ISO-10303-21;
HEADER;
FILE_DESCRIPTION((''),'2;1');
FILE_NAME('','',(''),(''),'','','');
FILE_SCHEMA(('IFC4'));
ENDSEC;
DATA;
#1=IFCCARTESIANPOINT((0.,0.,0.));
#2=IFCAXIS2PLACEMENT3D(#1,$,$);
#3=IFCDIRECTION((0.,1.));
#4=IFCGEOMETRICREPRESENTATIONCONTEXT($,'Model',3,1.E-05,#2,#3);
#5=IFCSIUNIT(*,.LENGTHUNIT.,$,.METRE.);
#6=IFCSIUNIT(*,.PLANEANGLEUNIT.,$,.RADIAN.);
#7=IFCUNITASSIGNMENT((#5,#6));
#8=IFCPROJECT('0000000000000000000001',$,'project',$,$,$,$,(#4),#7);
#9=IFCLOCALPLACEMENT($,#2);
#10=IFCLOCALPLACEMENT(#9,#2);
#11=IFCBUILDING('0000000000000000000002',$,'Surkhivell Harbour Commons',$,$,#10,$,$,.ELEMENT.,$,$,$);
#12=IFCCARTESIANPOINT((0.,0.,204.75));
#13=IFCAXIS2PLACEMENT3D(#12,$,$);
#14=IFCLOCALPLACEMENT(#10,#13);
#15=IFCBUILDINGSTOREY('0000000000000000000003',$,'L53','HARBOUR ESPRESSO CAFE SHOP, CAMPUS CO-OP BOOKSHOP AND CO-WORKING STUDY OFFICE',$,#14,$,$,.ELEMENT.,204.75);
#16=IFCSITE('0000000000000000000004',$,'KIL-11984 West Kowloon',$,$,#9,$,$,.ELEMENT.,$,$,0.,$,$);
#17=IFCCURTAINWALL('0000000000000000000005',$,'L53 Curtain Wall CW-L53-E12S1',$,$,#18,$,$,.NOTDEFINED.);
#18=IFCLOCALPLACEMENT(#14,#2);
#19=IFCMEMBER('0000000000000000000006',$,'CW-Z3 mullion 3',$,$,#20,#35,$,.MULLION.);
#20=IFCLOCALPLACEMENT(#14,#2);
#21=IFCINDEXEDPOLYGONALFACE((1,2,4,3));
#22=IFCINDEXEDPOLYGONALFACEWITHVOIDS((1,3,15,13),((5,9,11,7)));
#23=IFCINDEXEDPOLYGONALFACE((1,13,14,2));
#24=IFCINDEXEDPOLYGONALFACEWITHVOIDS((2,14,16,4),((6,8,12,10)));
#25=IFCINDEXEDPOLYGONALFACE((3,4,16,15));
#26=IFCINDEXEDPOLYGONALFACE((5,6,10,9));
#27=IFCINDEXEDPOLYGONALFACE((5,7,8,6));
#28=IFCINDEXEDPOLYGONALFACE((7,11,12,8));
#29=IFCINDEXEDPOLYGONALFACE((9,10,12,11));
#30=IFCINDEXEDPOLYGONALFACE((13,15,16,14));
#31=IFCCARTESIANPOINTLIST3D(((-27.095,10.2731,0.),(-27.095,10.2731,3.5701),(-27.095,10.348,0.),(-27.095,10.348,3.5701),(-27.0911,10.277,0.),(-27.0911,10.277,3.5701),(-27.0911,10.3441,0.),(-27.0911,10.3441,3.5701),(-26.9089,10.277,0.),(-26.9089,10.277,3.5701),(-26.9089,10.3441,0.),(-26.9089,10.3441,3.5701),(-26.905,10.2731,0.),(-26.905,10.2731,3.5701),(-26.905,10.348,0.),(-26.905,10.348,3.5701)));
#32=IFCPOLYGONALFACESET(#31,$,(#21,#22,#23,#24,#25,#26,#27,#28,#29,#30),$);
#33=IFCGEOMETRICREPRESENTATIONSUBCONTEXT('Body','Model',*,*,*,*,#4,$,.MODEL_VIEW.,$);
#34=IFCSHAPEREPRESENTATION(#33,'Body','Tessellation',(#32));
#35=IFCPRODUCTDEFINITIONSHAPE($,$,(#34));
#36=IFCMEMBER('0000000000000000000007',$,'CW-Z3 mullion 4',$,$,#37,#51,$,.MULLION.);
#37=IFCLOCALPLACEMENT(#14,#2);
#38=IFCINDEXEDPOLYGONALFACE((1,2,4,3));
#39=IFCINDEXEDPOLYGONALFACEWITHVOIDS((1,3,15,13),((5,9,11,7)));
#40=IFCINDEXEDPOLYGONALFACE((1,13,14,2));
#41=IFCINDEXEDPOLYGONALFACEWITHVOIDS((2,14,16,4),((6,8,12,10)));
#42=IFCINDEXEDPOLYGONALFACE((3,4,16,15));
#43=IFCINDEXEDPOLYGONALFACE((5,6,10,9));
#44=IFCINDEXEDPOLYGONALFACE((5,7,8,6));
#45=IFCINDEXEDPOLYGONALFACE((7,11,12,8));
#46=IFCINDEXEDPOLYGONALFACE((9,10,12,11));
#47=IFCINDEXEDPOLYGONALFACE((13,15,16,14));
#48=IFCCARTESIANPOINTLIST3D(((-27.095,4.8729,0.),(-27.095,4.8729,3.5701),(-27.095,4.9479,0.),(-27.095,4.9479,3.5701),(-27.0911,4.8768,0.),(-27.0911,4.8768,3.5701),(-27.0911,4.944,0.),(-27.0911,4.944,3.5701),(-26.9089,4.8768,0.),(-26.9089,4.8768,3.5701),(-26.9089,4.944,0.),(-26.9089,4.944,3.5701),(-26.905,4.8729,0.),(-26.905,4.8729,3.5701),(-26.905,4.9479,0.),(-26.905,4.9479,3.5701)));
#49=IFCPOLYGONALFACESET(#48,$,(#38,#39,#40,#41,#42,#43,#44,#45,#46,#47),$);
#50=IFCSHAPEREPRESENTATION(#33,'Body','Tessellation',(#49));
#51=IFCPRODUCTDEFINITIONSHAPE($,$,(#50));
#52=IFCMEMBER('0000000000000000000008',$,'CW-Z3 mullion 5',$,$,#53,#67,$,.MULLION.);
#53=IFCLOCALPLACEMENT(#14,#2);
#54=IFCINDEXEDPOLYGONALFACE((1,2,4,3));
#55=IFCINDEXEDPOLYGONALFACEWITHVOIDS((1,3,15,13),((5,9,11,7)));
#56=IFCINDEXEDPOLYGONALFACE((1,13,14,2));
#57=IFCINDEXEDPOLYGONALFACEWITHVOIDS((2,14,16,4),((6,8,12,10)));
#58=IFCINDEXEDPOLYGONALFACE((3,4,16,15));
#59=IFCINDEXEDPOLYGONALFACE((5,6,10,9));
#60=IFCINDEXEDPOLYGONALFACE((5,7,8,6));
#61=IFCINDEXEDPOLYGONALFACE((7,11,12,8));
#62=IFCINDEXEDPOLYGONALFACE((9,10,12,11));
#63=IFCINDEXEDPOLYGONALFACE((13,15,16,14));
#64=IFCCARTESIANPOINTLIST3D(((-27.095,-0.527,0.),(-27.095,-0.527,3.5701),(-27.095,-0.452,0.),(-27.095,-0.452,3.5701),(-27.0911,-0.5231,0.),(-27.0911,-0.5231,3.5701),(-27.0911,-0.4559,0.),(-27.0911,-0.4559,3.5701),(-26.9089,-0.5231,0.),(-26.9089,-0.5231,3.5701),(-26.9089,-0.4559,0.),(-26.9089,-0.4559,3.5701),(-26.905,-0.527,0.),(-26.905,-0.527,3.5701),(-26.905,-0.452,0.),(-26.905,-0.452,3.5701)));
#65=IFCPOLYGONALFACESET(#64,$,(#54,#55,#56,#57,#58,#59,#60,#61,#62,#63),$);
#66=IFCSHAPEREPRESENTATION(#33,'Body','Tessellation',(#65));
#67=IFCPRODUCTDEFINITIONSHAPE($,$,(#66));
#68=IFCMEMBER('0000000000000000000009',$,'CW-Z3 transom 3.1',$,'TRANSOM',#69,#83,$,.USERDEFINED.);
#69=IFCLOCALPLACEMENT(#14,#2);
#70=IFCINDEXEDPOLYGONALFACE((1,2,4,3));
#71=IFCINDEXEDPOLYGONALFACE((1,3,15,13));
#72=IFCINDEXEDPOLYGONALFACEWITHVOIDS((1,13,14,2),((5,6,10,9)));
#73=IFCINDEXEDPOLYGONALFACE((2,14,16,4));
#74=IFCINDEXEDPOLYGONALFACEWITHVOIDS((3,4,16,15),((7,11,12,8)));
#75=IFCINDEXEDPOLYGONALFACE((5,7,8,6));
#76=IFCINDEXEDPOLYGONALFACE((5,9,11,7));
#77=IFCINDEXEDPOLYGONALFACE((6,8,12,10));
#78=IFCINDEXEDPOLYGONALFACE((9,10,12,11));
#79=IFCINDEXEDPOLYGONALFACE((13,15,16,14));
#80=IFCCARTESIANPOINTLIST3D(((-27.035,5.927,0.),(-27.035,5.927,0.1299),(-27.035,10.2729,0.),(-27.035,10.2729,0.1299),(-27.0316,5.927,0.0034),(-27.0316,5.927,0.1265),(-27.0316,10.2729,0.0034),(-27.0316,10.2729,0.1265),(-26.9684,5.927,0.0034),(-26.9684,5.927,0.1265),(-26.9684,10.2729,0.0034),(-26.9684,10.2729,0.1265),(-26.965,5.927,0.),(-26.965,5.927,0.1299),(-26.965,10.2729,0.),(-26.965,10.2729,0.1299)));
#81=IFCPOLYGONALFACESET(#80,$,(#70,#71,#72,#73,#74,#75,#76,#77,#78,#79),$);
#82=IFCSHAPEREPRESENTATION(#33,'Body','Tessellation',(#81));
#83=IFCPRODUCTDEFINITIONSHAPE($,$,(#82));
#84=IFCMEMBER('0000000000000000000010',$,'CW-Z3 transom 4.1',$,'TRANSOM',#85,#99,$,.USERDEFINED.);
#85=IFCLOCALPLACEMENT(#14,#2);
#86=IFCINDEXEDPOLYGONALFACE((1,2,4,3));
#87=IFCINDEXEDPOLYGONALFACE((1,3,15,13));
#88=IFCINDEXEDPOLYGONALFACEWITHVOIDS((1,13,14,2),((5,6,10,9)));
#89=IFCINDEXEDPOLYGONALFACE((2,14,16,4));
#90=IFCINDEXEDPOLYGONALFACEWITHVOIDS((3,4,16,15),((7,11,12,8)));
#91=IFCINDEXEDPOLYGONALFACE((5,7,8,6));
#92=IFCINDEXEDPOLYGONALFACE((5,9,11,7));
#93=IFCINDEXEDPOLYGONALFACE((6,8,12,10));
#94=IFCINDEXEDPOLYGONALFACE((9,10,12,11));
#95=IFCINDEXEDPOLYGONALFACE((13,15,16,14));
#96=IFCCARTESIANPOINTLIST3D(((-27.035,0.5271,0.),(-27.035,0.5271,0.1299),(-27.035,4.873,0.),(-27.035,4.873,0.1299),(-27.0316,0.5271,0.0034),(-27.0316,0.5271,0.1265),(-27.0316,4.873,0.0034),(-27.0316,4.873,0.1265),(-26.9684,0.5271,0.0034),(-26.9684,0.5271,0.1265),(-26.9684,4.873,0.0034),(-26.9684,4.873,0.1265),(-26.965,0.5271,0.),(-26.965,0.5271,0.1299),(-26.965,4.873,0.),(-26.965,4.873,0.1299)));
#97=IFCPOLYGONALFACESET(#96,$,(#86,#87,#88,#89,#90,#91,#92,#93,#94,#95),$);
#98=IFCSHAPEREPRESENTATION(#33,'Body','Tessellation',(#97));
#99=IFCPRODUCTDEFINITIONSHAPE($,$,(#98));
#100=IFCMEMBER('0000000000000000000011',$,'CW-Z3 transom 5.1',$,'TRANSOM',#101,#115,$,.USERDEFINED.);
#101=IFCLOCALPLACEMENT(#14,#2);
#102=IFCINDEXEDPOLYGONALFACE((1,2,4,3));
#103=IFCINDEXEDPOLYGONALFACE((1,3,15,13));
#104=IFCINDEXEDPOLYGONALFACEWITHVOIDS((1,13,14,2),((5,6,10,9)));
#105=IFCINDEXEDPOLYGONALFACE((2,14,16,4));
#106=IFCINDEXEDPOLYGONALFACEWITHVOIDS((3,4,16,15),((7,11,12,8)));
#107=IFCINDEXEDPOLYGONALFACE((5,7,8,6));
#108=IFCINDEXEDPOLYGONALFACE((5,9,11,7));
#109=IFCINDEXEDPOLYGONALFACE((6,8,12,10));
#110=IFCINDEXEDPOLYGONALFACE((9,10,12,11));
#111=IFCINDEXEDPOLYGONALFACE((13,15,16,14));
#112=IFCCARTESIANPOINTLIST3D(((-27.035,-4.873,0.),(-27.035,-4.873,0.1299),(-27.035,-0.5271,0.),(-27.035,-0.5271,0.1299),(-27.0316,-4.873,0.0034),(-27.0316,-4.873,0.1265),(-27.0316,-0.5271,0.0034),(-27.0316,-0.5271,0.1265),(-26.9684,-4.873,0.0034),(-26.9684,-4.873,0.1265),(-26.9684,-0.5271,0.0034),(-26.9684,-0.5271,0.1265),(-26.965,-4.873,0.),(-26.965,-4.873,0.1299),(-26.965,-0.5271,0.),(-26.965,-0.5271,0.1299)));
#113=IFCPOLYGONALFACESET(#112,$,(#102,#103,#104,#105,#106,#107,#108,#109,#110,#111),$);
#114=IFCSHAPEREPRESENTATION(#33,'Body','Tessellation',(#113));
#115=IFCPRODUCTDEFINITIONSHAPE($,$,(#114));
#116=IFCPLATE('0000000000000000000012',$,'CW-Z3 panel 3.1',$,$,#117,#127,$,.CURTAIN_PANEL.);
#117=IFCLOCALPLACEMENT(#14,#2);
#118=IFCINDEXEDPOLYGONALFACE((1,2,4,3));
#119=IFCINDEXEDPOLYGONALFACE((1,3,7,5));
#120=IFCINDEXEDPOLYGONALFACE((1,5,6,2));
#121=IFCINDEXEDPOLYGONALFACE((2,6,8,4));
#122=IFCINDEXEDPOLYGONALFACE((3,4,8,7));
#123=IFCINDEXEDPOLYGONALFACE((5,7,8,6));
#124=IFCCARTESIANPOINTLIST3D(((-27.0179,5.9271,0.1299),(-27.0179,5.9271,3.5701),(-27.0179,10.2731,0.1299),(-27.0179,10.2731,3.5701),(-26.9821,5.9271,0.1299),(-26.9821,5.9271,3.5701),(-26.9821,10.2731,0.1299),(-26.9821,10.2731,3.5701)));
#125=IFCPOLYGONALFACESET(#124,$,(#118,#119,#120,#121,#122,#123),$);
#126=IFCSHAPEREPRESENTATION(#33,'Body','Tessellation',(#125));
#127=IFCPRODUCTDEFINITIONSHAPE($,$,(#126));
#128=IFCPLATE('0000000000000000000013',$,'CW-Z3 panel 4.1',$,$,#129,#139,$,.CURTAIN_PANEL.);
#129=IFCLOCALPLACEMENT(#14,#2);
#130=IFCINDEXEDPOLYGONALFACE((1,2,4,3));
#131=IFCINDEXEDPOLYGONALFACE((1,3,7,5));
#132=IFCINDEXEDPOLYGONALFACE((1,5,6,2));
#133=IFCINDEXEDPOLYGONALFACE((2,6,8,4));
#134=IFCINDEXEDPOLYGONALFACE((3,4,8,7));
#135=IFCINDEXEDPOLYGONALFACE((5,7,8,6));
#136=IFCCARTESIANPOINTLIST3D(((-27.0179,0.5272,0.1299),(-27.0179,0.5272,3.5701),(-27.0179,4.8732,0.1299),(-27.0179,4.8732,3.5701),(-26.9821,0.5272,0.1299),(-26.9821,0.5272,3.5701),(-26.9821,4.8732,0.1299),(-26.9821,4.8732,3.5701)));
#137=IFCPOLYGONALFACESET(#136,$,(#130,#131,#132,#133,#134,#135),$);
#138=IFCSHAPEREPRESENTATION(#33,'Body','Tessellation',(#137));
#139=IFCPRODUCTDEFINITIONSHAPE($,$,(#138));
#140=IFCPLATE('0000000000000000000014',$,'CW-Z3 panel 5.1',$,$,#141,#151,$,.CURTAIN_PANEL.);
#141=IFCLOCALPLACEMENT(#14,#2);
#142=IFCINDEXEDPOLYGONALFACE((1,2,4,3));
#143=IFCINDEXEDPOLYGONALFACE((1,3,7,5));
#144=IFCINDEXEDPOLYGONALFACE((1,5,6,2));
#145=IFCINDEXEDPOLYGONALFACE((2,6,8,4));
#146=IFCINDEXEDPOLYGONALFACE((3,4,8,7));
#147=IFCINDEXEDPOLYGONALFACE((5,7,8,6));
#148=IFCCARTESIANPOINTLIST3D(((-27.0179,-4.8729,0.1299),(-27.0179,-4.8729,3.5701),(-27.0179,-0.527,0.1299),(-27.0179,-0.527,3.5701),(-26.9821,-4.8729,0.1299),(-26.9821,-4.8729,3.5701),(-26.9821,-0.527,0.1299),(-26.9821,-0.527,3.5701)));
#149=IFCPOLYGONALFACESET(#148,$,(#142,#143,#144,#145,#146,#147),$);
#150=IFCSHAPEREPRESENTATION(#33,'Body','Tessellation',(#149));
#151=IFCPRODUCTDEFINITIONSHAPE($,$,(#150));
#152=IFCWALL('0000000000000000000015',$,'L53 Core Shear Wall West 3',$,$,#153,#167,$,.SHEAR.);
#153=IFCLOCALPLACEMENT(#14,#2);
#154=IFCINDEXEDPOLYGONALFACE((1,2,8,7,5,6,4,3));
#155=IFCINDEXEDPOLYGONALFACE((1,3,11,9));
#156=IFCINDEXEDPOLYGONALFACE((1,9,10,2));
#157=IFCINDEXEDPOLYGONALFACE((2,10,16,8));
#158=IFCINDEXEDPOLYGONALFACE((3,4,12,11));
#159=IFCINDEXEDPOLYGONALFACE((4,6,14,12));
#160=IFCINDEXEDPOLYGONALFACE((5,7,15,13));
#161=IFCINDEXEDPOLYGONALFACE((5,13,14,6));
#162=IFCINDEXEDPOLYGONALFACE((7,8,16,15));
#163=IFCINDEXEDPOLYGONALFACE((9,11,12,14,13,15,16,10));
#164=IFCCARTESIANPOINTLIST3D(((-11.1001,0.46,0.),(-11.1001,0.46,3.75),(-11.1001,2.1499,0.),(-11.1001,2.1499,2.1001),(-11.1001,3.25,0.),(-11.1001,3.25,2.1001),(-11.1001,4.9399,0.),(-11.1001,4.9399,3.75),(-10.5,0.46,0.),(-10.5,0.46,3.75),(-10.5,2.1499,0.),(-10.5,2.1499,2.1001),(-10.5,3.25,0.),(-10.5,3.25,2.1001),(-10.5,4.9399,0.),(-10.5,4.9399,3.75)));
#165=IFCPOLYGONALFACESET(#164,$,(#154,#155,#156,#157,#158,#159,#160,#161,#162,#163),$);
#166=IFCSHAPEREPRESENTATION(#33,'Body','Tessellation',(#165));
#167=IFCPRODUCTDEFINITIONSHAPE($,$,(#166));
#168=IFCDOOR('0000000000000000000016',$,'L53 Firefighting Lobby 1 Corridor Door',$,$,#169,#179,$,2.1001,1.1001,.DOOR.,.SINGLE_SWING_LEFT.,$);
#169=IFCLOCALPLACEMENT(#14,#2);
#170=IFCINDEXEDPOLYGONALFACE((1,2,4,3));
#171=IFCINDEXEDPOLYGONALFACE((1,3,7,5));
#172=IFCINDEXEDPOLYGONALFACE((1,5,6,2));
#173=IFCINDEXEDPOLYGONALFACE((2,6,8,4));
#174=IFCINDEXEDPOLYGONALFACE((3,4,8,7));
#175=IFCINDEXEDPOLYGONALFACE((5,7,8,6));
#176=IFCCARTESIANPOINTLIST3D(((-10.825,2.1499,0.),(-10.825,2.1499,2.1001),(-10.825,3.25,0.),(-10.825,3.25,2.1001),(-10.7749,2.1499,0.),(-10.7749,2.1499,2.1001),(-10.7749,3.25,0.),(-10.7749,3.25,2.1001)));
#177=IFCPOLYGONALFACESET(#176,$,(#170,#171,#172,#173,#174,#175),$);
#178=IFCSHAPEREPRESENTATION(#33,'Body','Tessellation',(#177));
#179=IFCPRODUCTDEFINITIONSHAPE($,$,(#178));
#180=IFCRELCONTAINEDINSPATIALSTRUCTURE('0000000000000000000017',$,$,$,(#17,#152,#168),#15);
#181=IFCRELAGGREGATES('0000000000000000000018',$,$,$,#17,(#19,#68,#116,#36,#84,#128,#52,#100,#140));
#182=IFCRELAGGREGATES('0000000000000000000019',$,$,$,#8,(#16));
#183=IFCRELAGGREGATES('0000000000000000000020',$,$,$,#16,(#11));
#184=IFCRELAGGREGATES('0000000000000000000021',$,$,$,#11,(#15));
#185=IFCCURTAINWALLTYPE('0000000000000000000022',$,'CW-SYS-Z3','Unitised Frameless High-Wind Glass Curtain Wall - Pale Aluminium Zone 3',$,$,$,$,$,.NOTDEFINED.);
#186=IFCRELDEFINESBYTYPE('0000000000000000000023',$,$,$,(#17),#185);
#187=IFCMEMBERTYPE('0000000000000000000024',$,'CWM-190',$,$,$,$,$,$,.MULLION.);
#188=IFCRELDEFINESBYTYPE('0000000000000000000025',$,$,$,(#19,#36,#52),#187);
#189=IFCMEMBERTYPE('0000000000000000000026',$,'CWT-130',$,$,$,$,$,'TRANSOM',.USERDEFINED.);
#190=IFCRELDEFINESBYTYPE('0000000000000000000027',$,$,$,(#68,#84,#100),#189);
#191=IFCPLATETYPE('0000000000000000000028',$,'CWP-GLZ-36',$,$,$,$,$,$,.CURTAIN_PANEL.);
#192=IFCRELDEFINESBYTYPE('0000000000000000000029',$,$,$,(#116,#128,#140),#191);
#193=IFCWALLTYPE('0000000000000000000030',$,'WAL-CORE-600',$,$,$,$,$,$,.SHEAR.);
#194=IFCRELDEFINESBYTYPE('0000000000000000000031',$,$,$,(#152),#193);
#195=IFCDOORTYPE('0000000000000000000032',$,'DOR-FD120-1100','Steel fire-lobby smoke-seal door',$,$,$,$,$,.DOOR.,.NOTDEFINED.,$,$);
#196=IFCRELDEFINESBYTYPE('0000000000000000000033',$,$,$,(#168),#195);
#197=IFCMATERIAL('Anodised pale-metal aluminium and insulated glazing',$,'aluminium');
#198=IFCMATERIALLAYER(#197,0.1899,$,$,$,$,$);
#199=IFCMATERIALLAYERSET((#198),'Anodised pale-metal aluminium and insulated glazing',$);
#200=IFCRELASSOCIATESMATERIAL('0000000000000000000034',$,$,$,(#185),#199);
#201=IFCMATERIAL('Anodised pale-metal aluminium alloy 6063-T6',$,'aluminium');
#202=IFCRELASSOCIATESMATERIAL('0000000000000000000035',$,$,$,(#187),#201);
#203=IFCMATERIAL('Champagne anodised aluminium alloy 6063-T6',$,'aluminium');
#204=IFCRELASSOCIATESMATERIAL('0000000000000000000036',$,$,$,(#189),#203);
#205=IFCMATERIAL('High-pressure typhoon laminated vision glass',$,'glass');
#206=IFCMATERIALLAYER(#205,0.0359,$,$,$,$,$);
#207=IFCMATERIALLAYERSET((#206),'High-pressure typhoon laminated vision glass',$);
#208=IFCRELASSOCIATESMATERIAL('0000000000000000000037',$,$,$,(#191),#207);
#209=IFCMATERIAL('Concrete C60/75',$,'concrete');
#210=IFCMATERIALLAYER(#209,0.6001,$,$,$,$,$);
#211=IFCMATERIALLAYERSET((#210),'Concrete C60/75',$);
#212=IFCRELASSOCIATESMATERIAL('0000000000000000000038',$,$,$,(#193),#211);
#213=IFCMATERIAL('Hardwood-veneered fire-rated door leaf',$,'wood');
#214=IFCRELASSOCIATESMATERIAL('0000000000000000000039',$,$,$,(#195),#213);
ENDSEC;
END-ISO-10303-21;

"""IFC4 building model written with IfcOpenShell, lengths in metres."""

from ifc_helpers import new_model, si_unit, direction, frame, frame_2d, origin, origin_2d, place, context, subcontext, project, spatial, rectangle, hollow_rectangle, extrude, material, layer, layer_set, material_profile, profile_set, type_object, element, fill, aggregate, save


model = new_model("IFC4")

# Units and contexts
model_context = context("Model", 3, precision=1e-05, world=origin(), true_north=direction((0.0, 1.0)))
body_context = subcontext(model_context, "Body", "Model", "MODEL_VIEW")
ifc_project = project(units=[si_unit("LENGTHUNIT", "METRE"), si_unit("PLANEANGLEUNIT", "RADIAN")], contexts=[model_context])

# Site, building, storey
site_placement = place(None, origin())
site = spatial("IfcSite", under=ifc_project, at=site_placement, Name="KIL-11984 West Kowloon", CompositionType="ELEMENT", RefElevation=0.0)
building_placement = place(site_placement, origin())
building = spatial("IfcBuilding", under=site, at=building_placement, Name="Surkhivell Harbour Commons", CompositionType="ELEMENT")
storey_placement = place(building_placement, frame((0.0, 0.0, 204.75)))
storey = spatial("IfcBuildingStorey", under=building, at=storey_placement, Name="L53", Description="HARBOUR ESPRESSO CAFE SHOP, CAMPUS CO-OP BOOKSHOP AND CO-WORKING STUDY OFFICE", CompositionType="ELEMENT", Elevation=204.75)

# Shared definitions
ifc_material_1 = material(Name="Concrete C60/75", Category="concrete")

# Curtain wall, members, plates
ifc_material_2 = material(Name="Anodised pale-metal aluminium and insulated glazing", Category="aluminium")
ifc_layer_1 = layer(ifc_material_2, 0.1899)
ifc_layer_set_1 = layer_set([ifc_layer_1], Name="Anodised pale-metal aluminium and insulated glazing")
curtain_wall_type = type_object("IfcCurtainWallType", Name="CW-SYS-Z3", Description="Unitised Frameless High-Wind Glass Curtain Wall - Pale Aluminium Zone 3", PredefinedType="NOTDEFINED", material=ifc_layer_set_1)
curtain_wall_placement = place(storey_placement, origin())
curtain_wall = element("IfcCurtainWall", 1, at=curtain_wall_placement, inside=storey, type_object=curtain_wall_type, Name="L53 Curtain Wall CW-L53-E12S1", PredefinedType="NOTDEFINED")
ifc_material_3 = material(Name="Anodised pale-metal aluminium alloy 6063-T6", Category="aluminium")
ifc_material_profile_1 = material_profile(ifc_material_3, hollow_rectangle(XDim=0.075, YDim=0.1899, WallThickness=0.0039, at=origin_2d()), Name="ALU-MULL-75x190")
ifc_profile_set_1 = profile_set([ifc_material_profile_1], Name="Anodised pale-metal aluminium alloy 6063-T6")
member_type_1 = type_object("IfcMemberType", Name="CWM-190", PredefinedType="MULLION", material=ifc_profile_set_1)
member_1_placement = place(storey_placement, frame((-27.0, 10.3105, 0.0), z_axis=(0.0, 0.0, 1.0), x_axis=(0.0, -1.0, 0.0)))
member_1 = element("IfcMember", 2, at=member_1_placement, type_object=member_type_1, Name="CW-Z3 mullion 3", PredefinedType="MULLION", context=body_context, shape_type="SweptSolid", body=[
    extrude(hollow_rectangle(XDim=0.075, YDim=0.1899, WallThickness=0.0039, at=origin_2d()), origin(), (0.0, 0.0, 1.0), 3.5701),
])
member_2_placement = place(storey_placement, frame((-27.0, 4.9104, 0.0), z_axis=(0.0, 0.0, 1.0), x_axis=(0.0, -1.0, 0.0)))
member_2 = element("IfcMember", 3, at=member_2_placement, type_object=member_type_1, Name="CW-Z3 mullion 4", PredefinedType="MULLION", context=body_context, shape_type="SweptSolid", body=[
    extrude(hollow_rectangle(XDim=0.075, YDim=0.1899, WallThickness=0.0039, at=origin_2d()), origin(), (0.0, 0.0, 1.0), 3.5701),
])
member_3_placement = place(storey_placement, frame((-27.0, -0.4895, 0.0), z_axis=(0.0, 0.0, 1.0), x_axis=(0.0, -1.0, 0.0)))
member_3 = element("IfcMember", 4, at=member_3_placement, type_object=member_type_1, Name="CW-Z3 mullion 5", PredefinedType="MULLION", context=body_context, shape_type="SweptSolid", body=[
    extrude(hollow_rectangle(XDim=0.075, YDim=0.1899, WallThickness=0.0039, at=origin_2d()), origin(), (0.0, 0.0, 1.0), 3.5701),
])
ifc_material_4 = material(Name="Champagne anodised aluminium alloy 6063-T6", Category="aluminium")
ifc_material_profile_2 = material_profile(ifc_material_4, hollow_rectangle(XDim=0.0701, YDim=0.1299, WallThickness=0.0034, at=origin_2d()), Name="ALU-TRAN-70x130")
ifc_profile_set_2 = profile_set([ifc_material_profile_2], Name="Champagne anodised aluminium alloy 6063-T6")
member_type_2 = type_object("IfcMemberType", Name="CWT-130", ElementType="TRANSOM", PredefinedType="USERDEFINED", material=ifc_profile_set_2)
member_4_placement = place(storey_placement, frame((-27.0, 10.2729, 0.0649), z_axis=(0.0, -1.0, 0.0), x_axis=(1.0, 0.0, 0.0)))
member_4 = element("IfcMember", 5, at=member_4_placement, type_object=member_type_2, Name="CW-Z3 transom 3.1", ObjectType="TRANSOM", PredefinedType="USERDEFINED", context=body_context, shape_type="SweptSolid", body=[
    extrude(hollow_rectangle(XDim=0.0701, YDim=0.1299, WallThickness=0.0034, at=origin_2d()), origin(), (0.0, 0.0, 1.0), 4.3459),
])
member_5_placement = place(storey_placement, frame((-27.0, 4.873, 0.0649), z_axis=(0.0, -1.0, 0.0), x_axis=(1.0, 0.0, 0.0)))
member_5 = element("IfcMember", 6, at=member_5_placement, type_object=member_type_2, Name="CW-Z3 transom 4.1", ObjectType="TRANSOM", PredefinedType="USERDEFINED", context=body_context, shape_type="SweptSolid", body=[
    extrude(hollow_rectangle(XDim=0.0701, YDim=0.1299, WallThickness=0.0034, at=origin_2d()), origin(), (0.0, 0.0, 1.0), 4.3459),
])
member_6_placement = place(storey_placement, frame((-27.0, -0.5271, 0.0649), z_axis=(0.0, -1.0, 0.0), x_axis=(1.0, 0.0, 0.0)))
member_6 = element("IfcMember", 7, at=member_6_placement, type_object=member_type_2, Name="CW-Z3 transom 5.1", ObjectType="TRANSOM", PredefinedType="USERDEFINED", context=body_context, shape_type="SweptSolid", body=[
    extrude(hollow_rectangle(XDim=0.0701, YDim=0.1299, WallThickness=0.0034, at=origin_2d()), origin(), (0.0, 0.0, 1.0), 4.3459),
])
ifc_material_5 = material(Name="High-pressure typhoon laminated vision glass", Category="glass")
ifc_layer_2 = layer(ifc_material_5, 0.0359)
ifc_layer_set_2 = layer_set([ifc_layer_2], Name="High-pressure typhoon laminated vision glass")
plate_type = type_object("IfcPlateType", Name="CWP-GLZ-36", PredefinedType="CURTAIN_PANEL", material=ifc_layer_set_2)
plate_1_placement = place(storey_placement, frame((-27.0, 10.2729, 0.1299), z_axis=(0.0, 0.0, 1.0), x_axis=(0.0, -1.0, 0.0)))
plate_1 = element("IfcPlate", 8, at=plate_1_placement, type_object=plate_type, Name="CW-Z3 panel 3.1", PredefinedType="CURTAIN_PANEL", context=body_context, shape_type="SweptSolid", body=[
    extrude(rectangle(XDim=4.3459, YDim=0.0359, at=frame_2d((2.1729, 0.0))), origin(), (0.0, 0.0, 1.0), 3.4402),
])
plate_2_placement = place(storey_placement, frame((-27.0, 4.873, 0.1299), z_axis=(0.0, 0.0, 1.0), x_axis=(0.0, -1.0, 0.0)))
plate_2 = element("IfcPlate", 9, at=plate_2_placement, type_object=plate_type, Name="CW-Z3 panel 4.1", PredefinedType="CURTAIN_PANEL", context=body_context, shape_type="SweptSolid", body=[
    extrude(rectangle(XDim=4.3459, YDim=0.0359, at=frame_2d((2.1729, 0.0))), origin(), (0.0, 0.0, 1.0), 3.4402),
])
plate_3_placement = place(storey_placement, frame((-27.0, -0.5271, 0.1299), z_axis=(0.0, 0.0, 1.0), x_axis=(0.0, -1.0, 0.0)))
plate_3 = element("IfcPlate", 10, at=plate_3_placement, type_object=plate_type, Name="CW-Z3 panel 5.1", PredefinedType="CURTAIN_PANEL", context=body_context, shape_type="SweptSolid", body=[
    extrude(rectangle(XDim=4.3459, YDim=0.0359, at=frame_2d((2.1729, 0.0))), origin(), (0.0, 0.0, 1.0), 3.4402),
])
aggregate(curtain_wall, [member_1, member_4, plate_1, member_2, member_5, plate_2, member_3, member_6, plate_3])

# Wall, opening, door
ifc_layer_3 = layer(ifc_material_1, 0.6001)
ifc_layer_set_3 = layer_set([ifc_layer_3], Name="Concrete C60/75")
wall_type_1 = type_object("IfcWallType", Name="WAL-CORE-600", PredefinedType="SHEAR", material=ifc_layer_set_3)
wall_1_placement = place(storey_placement, frame((-10.8, 0.46, 0.0), z_axis=(0.0, 0.0, 1.0), x_axis=(0.0, 1.0, 0.0)))
wall_1 = element("IfcWall", 11, at=wall_1_placement, inside=storey, type_object=wall_type_1, Name="L53 Core Shear Wall West 3", PredefinedType="SHEAR", context=body_context, shape_type="SweptSolid", body=[
    extrude(rectangle(XDim=4.48, YDim=0.6001, at=frame_2d((2.24, 0.0))), origin(), (0.0, 0.0, 1.0), 3.75),
])
opening_placement = place(wall_1_placement, frame((1.6899, 0.0, 0.0)))
opening = element("IfcOpeningElement", 12, at=opening_placement, cuts=wall_1, PredefinedType="OPENING", context=body_context, shape_type="SweptSolid", body=[
    extrude(rectangle(XDim=1.1001, YDim=2.1001, at=frame_2d((0.55, 1.05))), frame((0.0, 0.3101, 0.0), z_axis=(0.0, -1.0, 0.0), x_axis=(1.0, 0.0, 0.0)), (0.0, 0.0, 1.0), 0.6201),
])
ifc_material_6 = material(Name="Hardwood-veneered fire-rated door leaf", Category="wood")
door_type = type_object("IfcDoorType", Name="DOR-FD120-1100", Description="Steel fire-lobby smoke-seal door", OperationType="NOTDEFINED", PredefinedType="DOOR", material=ifc_material_6)
door_placement = place(opening_placement, origin())
door = element("IfcDoor", 13, at=door_placement, inside=storey, type_object=door_type, Name="L53 Firefighting Lobby 1 Corridor Door", OperationType="SINGLE_SWING_LEFT", OverallHeight=2.1001, OverallWidth=1.1001, PredefinedType="DOOR", context=body_context, shape_type="SweptSolid", body=[
    extrude(rectangle(XDim=1.1001, YDim=2.1001, at=frame_2d((0.55, 1.05))), frame((0.0, 0.0249, 0.0), z_axis=(0.0, -1.0, 0.0), x_axis=(1.0, 0.0, 0.0)), (0.0, 0.0, 1.0), 0.05),
])
fill(opening, door)

save(model, "model.ifc")
